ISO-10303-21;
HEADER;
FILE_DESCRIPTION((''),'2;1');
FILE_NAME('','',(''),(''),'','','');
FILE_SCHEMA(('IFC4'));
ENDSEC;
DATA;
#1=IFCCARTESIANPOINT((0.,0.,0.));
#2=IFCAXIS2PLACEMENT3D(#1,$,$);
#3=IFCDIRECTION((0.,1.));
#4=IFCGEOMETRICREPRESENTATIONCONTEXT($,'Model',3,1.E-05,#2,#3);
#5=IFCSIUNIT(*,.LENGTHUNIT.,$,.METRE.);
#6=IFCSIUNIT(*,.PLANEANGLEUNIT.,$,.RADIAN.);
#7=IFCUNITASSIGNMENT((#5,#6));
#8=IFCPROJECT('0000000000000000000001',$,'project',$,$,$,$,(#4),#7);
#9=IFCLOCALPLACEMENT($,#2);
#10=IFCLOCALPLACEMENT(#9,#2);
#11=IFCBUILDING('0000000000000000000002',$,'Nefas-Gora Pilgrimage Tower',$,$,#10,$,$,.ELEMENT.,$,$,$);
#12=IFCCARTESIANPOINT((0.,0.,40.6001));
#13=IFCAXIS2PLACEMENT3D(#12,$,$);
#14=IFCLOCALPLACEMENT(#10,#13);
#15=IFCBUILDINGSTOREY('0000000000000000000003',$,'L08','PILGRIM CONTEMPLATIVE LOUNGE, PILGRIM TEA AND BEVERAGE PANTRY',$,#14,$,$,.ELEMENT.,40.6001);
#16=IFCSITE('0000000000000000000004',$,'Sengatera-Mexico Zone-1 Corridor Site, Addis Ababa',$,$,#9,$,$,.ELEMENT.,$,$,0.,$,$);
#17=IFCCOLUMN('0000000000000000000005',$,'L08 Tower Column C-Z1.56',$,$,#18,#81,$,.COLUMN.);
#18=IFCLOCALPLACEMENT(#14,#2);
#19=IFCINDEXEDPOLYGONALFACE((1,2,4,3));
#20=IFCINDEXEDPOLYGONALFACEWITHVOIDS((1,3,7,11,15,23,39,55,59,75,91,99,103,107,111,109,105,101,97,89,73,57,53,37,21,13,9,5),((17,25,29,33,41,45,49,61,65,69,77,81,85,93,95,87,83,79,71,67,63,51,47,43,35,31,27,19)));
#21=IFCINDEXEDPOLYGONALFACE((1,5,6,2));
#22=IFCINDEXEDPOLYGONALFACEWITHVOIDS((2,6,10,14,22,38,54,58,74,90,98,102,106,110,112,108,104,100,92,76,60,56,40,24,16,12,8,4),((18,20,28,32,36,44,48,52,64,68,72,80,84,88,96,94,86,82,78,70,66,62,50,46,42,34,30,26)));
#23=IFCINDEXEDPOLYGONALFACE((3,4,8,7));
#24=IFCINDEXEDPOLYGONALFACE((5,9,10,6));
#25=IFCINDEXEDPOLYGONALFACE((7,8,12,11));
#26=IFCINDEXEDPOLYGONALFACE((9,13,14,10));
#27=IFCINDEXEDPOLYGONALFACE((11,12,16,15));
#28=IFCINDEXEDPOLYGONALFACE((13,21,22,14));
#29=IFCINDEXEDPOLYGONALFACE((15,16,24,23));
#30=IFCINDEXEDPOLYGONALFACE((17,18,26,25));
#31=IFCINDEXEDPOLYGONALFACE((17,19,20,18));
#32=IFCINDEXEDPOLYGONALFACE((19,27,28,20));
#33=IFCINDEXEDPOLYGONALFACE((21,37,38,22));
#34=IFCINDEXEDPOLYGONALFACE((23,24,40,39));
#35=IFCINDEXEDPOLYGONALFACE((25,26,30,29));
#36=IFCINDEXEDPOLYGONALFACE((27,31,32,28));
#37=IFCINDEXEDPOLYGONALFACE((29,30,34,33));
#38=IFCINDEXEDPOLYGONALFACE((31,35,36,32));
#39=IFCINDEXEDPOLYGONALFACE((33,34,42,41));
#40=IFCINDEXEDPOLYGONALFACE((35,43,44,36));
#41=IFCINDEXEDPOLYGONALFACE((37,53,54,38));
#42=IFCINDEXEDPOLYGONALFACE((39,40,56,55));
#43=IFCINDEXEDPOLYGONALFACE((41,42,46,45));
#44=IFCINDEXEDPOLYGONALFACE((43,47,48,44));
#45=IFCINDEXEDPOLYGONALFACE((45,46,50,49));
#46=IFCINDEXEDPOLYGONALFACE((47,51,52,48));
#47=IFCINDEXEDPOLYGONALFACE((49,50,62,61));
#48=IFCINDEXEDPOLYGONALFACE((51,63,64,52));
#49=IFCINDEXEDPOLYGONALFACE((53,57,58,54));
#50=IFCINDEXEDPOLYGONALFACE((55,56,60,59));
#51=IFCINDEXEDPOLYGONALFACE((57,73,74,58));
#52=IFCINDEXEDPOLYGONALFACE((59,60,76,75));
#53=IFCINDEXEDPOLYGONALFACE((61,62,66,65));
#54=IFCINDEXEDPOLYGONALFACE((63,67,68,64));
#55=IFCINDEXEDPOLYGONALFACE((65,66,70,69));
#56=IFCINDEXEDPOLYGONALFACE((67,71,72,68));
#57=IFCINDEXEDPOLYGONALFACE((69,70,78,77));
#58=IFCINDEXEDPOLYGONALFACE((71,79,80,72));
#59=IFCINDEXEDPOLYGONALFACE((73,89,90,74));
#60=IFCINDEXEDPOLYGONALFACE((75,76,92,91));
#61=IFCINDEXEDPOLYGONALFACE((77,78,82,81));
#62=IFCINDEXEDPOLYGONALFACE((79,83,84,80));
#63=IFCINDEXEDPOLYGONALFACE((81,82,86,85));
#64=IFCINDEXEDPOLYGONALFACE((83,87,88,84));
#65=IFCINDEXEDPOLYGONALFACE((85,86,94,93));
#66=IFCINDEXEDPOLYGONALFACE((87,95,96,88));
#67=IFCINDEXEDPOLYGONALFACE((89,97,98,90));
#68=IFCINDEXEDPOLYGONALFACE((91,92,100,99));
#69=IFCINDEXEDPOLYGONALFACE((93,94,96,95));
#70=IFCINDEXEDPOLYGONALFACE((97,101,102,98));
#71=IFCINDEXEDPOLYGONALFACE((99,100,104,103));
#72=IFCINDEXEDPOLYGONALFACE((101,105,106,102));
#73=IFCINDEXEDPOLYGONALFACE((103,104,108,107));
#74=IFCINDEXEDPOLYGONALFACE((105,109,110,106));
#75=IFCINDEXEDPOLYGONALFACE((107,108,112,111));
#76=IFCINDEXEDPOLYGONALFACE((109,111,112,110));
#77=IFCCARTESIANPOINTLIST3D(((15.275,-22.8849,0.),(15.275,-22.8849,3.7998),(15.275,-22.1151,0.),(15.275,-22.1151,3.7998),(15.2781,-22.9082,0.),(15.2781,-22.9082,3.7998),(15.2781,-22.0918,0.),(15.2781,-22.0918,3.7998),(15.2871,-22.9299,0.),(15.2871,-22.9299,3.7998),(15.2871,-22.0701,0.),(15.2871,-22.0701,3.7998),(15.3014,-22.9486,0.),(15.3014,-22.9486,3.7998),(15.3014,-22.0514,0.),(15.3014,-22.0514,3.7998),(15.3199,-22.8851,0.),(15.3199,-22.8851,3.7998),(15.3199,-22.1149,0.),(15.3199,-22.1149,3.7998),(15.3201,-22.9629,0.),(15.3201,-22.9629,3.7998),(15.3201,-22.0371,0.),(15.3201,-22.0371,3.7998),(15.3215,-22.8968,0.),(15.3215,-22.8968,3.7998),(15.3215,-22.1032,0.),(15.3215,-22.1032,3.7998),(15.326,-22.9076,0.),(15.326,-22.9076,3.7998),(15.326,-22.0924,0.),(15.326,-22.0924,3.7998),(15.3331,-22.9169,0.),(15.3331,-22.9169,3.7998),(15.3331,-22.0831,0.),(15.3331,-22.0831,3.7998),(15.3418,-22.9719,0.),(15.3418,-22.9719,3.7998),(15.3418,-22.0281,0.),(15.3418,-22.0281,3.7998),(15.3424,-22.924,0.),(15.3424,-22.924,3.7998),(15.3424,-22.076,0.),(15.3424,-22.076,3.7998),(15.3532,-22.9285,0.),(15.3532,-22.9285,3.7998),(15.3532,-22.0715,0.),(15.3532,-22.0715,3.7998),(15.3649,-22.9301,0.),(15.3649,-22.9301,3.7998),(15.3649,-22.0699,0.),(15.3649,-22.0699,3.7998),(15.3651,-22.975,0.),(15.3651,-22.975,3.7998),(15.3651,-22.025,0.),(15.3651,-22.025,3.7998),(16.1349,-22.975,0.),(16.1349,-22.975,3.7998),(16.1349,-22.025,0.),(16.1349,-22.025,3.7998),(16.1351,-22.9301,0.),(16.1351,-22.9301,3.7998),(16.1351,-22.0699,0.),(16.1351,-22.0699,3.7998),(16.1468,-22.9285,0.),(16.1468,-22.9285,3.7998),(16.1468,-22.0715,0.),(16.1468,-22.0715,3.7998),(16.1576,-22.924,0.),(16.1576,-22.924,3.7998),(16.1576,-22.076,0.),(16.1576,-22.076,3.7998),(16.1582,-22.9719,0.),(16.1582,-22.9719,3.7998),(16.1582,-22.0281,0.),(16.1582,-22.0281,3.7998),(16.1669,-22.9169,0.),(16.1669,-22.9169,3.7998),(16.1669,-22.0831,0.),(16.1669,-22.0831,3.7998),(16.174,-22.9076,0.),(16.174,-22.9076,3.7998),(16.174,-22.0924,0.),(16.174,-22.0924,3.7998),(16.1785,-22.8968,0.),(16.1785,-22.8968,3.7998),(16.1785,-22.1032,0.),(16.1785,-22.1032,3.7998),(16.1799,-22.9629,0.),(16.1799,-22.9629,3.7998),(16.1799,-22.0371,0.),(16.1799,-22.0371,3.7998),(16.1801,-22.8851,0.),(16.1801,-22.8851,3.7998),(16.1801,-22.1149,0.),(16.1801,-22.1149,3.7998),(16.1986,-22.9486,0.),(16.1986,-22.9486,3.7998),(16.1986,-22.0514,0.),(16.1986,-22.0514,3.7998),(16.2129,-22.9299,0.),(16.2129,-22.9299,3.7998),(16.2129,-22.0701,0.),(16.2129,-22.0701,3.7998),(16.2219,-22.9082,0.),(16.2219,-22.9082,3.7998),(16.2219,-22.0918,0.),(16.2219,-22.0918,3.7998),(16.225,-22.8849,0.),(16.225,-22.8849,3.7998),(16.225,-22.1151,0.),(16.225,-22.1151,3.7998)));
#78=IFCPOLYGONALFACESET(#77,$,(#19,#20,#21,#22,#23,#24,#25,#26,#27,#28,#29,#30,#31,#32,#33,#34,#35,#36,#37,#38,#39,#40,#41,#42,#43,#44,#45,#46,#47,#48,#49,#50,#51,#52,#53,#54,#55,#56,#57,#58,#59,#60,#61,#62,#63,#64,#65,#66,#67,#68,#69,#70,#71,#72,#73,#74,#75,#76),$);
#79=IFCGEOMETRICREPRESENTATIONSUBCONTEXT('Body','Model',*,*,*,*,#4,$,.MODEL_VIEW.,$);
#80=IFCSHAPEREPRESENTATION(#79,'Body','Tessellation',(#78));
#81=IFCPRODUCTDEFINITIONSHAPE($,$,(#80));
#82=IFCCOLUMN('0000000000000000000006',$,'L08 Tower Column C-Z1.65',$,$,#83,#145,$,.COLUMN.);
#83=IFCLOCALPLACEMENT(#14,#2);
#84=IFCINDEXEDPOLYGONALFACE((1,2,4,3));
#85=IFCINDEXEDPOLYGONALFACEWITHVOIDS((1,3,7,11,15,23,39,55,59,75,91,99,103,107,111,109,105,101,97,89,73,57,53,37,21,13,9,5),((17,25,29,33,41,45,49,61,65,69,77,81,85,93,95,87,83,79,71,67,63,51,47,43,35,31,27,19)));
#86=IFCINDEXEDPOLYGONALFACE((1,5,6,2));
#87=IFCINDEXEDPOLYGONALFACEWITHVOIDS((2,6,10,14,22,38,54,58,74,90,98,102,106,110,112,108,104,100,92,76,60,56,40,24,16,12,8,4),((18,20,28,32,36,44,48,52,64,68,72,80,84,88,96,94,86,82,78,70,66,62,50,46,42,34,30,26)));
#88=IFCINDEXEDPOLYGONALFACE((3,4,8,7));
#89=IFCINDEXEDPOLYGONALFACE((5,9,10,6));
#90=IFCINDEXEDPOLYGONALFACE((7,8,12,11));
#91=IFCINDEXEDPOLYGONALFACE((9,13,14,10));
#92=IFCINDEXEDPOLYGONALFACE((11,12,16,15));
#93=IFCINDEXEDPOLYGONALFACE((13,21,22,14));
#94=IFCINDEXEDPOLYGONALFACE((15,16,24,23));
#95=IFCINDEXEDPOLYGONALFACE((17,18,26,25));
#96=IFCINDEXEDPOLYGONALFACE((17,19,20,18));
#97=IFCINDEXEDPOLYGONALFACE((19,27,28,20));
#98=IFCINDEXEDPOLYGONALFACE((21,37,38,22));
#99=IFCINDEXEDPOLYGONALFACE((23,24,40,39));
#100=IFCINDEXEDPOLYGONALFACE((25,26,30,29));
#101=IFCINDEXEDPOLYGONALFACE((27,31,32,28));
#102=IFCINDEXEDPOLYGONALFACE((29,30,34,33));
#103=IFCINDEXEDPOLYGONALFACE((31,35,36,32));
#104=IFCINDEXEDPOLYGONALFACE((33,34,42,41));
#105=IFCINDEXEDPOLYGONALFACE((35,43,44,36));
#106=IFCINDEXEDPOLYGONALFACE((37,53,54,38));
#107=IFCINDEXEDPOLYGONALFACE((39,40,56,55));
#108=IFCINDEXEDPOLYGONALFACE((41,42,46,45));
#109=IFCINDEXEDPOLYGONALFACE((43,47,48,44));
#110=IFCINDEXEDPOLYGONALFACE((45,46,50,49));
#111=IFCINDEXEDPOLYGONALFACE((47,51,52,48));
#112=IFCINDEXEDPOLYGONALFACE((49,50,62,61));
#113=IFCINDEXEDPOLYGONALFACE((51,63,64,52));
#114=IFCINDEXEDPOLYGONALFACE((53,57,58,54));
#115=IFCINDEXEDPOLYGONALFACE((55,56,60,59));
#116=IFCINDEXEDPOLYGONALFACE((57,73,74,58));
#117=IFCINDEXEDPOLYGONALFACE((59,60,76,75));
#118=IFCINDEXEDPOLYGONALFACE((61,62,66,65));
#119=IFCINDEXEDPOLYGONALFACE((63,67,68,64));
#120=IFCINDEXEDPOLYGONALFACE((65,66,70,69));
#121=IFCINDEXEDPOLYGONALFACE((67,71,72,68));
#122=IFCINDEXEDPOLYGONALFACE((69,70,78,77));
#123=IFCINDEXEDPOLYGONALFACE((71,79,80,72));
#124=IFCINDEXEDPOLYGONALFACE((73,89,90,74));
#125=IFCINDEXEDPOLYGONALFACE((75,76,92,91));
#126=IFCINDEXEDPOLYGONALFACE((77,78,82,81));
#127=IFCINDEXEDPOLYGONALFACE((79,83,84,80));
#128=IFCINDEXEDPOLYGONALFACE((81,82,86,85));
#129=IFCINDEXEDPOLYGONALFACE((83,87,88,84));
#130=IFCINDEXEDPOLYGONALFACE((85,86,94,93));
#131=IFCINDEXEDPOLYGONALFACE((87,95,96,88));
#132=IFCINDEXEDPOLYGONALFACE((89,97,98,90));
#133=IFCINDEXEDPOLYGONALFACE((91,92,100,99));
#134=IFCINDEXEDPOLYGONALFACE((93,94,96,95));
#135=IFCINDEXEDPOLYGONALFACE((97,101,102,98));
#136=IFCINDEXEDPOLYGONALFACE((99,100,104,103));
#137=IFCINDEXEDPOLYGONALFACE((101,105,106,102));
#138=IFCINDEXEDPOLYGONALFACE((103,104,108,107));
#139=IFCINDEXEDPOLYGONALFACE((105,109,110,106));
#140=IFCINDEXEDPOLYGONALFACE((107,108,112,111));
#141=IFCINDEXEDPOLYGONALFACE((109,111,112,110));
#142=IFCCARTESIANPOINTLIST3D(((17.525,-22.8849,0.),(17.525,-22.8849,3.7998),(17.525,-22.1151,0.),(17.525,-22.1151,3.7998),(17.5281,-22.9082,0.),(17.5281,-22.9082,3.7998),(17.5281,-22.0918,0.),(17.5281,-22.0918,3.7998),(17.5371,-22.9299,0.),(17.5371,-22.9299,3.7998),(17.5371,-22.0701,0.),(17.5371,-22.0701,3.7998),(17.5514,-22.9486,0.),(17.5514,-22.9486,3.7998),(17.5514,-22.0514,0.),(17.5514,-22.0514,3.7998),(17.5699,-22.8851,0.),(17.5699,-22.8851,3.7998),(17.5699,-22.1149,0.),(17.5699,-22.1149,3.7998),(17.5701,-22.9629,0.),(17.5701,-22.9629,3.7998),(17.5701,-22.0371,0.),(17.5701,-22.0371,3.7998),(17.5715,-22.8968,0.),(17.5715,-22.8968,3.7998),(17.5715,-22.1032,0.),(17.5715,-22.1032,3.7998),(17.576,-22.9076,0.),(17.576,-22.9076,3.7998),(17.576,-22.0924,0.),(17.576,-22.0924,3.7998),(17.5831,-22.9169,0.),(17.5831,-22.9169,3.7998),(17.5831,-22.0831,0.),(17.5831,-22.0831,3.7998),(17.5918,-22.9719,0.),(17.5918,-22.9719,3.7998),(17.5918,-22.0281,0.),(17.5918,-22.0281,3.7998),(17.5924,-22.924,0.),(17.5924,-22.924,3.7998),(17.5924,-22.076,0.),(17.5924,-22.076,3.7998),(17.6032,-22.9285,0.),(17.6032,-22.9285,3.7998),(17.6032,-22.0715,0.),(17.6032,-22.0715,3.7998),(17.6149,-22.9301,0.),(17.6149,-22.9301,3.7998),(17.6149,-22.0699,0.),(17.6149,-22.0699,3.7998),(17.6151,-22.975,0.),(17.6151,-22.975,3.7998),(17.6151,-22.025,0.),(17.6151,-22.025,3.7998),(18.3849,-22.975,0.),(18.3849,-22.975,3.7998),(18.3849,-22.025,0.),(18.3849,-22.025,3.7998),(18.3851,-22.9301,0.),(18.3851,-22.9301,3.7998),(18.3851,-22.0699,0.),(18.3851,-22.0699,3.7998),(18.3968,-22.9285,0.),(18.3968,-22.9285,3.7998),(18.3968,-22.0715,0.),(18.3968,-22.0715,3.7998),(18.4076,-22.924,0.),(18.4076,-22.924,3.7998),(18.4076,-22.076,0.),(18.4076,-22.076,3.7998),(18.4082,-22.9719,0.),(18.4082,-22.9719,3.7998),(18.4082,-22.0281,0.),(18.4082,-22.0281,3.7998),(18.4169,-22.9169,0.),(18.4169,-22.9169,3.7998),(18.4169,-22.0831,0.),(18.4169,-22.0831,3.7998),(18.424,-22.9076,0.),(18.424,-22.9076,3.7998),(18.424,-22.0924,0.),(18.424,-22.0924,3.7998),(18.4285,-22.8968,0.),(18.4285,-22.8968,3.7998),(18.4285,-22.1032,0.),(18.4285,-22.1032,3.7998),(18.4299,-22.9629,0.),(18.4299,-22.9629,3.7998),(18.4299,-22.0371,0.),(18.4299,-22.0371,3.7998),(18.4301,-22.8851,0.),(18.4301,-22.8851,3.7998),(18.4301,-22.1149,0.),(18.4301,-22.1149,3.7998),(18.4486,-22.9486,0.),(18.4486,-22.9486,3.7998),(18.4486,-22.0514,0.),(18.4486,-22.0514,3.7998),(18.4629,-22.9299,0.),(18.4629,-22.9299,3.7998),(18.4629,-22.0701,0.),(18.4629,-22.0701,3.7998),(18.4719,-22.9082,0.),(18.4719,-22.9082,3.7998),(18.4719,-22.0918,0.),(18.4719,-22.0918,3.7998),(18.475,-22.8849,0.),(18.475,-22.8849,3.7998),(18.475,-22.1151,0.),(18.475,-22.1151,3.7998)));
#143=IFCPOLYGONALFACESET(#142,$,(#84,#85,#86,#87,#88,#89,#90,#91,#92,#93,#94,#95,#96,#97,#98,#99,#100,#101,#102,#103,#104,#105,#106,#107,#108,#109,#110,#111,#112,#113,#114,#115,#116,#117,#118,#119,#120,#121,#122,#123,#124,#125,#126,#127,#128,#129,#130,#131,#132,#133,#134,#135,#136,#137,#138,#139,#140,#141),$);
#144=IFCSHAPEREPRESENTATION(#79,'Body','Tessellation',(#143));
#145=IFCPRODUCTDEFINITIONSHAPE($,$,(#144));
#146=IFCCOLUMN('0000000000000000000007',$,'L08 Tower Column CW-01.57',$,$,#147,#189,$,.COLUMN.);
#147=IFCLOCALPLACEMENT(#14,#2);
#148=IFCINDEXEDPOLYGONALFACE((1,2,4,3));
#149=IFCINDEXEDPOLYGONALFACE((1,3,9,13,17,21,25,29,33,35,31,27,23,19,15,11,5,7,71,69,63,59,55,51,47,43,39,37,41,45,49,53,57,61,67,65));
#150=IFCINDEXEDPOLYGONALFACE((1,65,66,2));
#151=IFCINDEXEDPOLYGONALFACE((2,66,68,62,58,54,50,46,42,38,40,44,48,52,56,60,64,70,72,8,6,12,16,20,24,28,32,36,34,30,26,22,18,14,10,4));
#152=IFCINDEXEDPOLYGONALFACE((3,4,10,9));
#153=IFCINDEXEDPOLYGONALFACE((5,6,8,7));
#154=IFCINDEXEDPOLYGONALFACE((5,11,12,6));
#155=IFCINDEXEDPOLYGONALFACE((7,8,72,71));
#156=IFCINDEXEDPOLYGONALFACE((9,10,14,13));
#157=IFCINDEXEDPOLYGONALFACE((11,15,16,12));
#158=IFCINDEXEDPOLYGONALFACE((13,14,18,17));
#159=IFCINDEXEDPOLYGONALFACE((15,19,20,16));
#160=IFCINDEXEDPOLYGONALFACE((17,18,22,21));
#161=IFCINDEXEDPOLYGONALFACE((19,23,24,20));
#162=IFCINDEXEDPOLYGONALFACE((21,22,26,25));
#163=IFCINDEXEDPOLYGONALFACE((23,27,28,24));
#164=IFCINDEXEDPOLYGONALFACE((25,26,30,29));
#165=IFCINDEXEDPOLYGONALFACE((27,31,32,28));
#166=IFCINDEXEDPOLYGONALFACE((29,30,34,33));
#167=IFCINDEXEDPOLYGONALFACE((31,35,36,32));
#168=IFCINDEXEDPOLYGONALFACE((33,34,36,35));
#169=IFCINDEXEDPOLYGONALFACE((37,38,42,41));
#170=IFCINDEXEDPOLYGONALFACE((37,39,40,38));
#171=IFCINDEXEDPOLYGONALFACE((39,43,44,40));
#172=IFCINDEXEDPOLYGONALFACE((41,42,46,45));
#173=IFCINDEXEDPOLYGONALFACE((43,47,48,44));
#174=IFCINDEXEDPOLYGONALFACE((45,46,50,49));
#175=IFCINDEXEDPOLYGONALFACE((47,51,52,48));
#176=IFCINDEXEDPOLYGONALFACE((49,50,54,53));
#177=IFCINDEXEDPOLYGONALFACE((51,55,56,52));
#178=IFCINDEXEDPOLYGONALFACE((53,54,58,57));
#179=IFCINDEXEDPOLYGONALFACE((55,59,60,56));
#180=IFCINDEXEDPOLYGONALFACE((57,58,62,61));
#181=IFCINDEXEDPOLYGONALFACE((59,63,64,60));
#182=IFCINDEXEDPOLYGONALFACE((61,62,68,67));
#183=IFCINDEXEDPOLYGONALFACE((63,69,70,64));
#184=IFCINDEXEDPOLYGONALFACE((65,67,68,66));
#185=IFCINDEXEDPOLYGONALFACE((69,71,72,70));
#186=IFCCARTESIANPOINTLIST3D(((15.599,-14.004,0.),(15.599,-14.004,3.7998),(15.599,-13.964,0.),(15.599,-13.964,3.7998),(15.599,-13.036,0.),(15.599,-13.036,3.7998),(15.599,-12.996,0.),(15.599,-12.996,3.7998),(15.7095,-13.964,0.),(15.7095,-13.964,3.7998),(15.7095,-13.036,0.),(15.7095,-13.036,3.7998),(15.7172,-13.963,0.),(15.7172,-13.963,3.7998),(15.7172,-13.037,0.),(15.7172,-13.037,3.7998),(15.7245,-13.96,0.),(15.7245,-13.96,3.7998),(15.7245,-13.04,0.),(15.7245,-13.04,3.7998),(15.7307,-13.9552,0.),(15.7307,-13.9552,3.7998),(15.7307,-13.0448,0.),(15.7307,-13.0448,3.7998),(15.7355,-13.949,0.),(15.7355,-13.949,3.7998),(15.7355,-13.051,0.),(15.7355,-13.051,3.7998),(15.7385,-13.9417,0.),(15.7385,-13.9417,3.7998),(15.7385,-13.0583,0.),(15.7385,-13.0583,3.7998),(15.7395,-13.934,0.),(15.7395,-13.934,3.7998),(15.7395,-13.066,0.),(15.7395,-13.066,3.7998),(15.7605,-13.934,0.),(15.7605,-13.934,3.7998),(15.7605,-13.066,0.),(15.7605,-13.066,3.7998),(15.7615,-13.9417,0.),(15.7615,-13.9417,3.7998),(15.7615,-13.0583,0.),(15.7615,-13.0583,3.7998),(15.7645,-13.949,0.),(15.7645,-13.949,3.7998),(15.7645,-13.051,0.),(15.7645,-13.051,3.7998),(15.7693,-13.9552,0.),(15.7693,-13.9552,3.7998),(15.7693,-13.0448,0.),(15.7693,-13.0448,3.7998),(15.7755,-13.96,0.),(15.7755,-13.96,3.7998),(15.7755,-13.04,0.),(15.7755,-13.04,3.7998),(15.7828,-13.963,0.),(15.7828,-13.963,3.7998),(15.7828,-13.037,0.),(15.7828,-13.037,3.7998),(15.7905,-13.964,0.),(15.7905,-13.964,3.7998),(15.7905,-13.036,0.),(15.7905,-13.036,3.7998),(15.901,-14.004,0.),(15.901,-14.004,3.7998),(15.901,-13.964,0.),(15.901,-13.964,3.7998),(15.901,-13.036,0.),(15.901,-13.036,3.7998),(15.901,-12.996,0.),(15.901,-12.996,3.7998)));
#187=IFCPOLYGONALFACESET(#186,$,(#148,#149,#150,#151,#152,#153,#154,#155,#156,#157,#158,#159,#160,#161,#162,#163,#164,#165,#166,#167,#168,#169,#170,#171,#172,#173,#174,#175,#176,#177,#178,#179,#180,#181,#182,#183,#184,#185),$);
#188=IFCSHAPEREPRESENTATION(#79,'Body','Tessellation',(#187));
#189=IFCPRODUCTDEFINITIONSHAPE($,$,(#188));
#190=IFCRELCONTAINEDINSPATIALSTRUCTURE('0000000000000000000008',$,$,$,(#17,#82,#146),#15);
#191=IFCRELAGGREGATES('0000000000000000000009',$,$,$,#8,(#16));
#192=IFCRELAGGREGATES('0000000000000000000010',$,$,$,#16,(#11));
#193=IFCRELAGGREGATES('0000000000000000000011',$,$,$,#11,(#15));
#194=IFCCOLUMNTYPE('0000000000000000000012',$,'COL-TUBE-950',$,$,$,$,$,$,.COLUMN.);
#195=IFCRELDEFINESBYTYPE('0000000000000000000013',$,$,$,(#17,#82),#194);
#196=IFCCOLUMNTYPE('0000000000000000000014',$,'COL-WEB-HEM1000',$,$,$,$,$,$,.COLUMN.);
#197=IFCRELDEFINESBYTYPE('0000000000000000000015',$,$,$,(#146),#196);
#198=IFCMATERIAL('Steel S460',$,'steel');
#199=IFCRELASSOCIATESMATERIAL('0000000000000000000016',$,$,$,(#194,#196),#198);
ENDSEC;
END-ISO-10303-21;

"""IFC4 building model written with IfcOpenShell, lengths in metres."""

from ifc_helpers import new_model, si_unit, direction, frame, origin, origin_2d, place, context, subcontext, project, spatial, hollow_rectangle, i_section, extrude, source, transform, mapped, material, material_profile, profile_set, type_object, element, save


model = new_model("IFC4")

# Units and contexts
model_context = context("Model", 3, precision=1e-05, world=origin(), true_north=direction((0.0, 1.0)))
body_context = subcontext(model_context, "Body", "Model", "MODEL_VIEW")
ifc_project = project(units=[si_unit("LENGTHUNIT", "METRE"), si_unit("PLANEANGLEUNIT", "RADIAN")], contexts=[model_context])

# Site, building, storey
site_placement = place(None, origin())
site = spatial("IfcSite", under=ifc_project, at=site_placement, Name="Sengatera-Mexico Zone-1 Corridor Site, Addis Ababa", CompositionType="ELEMENT", RefElevation=0.0)
building_placement = place(site_placement, origin())
building = spatial("IfcBuilding", under=site, at=building_placement, Name="Nefas-Gora Pilgrimage Tower", CompositionType="ELEMENT")
storey_placement = place(building_placement, frame((0.0, 0.0, 40.6001)))
storey = spatial("IfcBuildingStorey", under=building, at=storey_placement, Name="L08", Description="PILGRIM CONTEMPLATIVE LOUNGE, PILGRIM TEA AND BEVERAGE PANTRY", CompositionType="ELEMENT", Elevation=40.6001)

# Columns
ifc_material_1 = material(Name="Steel S460", Category="steel")
ifc_material_profile_1 = material_profile(ifc_material_1, hollow_rectangle(XDim=0.95, YDim=0.95, WallThickness=0.0449, InnerFilletRadius=0.0449, OuterFilletRadius=0.0901, at=origin_2d()), Name="BOX 950x950x45")
ifc_profile_set_1 = profile_set([ifc_material_profile_1], Name="Steel S460")
column_type_1 = type_object("IfcColumnType", Name="COL-TUBE-950", PredefinedType="COLUMN", material=ifc_profile_set_1)
shared_shape_1 = source(origin(), body_context, "Body", "SweptSolid", [
    extrude(hollow_rectangle(XDim=0.95, YDim=0.95, WallThickness=0.0449, InnerFilletRadius=0.0449, OuterFilletRadius=0.0901, at=origin_2d()), origin(), (0.0, 0.0, 1.0), 3.7998),
])
for number, where, z_axis, x_axis, name in (
    (1, (15.75, -22.5, 0.0), (0.0, 0.0, 1.0), (1.0, 0.0, 0.0), "L08 Tower Column C-Z1.56"),
    (2, (18.0, -22.5, 0.0), (0.0, 0.0, 1.0), (1.0, 0.0, 0.0), "L08 Tower Column C-Z1.65"),
):
    element("IfcColumn", number, at=place(storey_placement, frame(where, z_axis=z_axis, x_axis=x_axis)), inside=storey, type_object=column_type_1, Name=name, PredefinedType="COLUMN", context=body_context, shape_type="MappedRepresentation", body=[
        mapped(shared_shape_1, transform((0.0, 0.0, 0.0), x_axis=(1.0, 0.0, 0.0), y_axis=(0.0, 1.0, 0.0), z_axis=(0.0, 0.0, 1.0), scale=1.0)),
    ])
ifc_material_profile_2 = material_profile(ifc_material_1, i_section(OverallWidth=0.302, OverallDepth=1.0081, WebThickness=0.021, FlangeThickness=0.04, FilletRadius=0.03, at=origin_2d()), Name="HEM 1000")
ifc_profile_set_2 = profile_set([ifc_material_profile_2], Name="Steel S460")
column_type_2 = type_object("IfcColumnType", Name="COL-WEB-HEM1000", PredefinedType="COLUMN", material=ifc_profile_set_2)
shared_shape_2 = source(origin(), body_context, "Body", "SweptSolid", [
    extrude(i_section(OverallWidth=0.302, OverallDepth=1.0081, WebThickness=0.021, FlangeThickness=0.04, FilletRadius=0.03, at=origin_2d()), origin(), (0.0, 0.0, 1.0), 3.7998),
])
for number, where, z_axis, x_axis, name in (
    (3, (15.75, -13.5, 0.0), (0.0, 0.0, 1.0), (1.0, 0.0, 0.0), "L08 Tower Column CW-01.57"),
):
    element("IfcColumn", number, at=place(storey_placement, frame(where, z_axis=z_axis, x_axis=x_axis)), inside=storey, type_object=column_type_2, Name=name, PredefinedType="COLUMN", context=body_context, shape_type="MappedRepresentation", body=[
        mapped(shared_shape_2, transform((0.0, 0.0, 0.0), x_axis=(1.0, 0.0, 0.0), y_axis=(0.0, 1.0, 0.0), z_axis=(0.0, 0.0, 1.0), scale=1.0)),
    ])

save(model, "model.ifc")
